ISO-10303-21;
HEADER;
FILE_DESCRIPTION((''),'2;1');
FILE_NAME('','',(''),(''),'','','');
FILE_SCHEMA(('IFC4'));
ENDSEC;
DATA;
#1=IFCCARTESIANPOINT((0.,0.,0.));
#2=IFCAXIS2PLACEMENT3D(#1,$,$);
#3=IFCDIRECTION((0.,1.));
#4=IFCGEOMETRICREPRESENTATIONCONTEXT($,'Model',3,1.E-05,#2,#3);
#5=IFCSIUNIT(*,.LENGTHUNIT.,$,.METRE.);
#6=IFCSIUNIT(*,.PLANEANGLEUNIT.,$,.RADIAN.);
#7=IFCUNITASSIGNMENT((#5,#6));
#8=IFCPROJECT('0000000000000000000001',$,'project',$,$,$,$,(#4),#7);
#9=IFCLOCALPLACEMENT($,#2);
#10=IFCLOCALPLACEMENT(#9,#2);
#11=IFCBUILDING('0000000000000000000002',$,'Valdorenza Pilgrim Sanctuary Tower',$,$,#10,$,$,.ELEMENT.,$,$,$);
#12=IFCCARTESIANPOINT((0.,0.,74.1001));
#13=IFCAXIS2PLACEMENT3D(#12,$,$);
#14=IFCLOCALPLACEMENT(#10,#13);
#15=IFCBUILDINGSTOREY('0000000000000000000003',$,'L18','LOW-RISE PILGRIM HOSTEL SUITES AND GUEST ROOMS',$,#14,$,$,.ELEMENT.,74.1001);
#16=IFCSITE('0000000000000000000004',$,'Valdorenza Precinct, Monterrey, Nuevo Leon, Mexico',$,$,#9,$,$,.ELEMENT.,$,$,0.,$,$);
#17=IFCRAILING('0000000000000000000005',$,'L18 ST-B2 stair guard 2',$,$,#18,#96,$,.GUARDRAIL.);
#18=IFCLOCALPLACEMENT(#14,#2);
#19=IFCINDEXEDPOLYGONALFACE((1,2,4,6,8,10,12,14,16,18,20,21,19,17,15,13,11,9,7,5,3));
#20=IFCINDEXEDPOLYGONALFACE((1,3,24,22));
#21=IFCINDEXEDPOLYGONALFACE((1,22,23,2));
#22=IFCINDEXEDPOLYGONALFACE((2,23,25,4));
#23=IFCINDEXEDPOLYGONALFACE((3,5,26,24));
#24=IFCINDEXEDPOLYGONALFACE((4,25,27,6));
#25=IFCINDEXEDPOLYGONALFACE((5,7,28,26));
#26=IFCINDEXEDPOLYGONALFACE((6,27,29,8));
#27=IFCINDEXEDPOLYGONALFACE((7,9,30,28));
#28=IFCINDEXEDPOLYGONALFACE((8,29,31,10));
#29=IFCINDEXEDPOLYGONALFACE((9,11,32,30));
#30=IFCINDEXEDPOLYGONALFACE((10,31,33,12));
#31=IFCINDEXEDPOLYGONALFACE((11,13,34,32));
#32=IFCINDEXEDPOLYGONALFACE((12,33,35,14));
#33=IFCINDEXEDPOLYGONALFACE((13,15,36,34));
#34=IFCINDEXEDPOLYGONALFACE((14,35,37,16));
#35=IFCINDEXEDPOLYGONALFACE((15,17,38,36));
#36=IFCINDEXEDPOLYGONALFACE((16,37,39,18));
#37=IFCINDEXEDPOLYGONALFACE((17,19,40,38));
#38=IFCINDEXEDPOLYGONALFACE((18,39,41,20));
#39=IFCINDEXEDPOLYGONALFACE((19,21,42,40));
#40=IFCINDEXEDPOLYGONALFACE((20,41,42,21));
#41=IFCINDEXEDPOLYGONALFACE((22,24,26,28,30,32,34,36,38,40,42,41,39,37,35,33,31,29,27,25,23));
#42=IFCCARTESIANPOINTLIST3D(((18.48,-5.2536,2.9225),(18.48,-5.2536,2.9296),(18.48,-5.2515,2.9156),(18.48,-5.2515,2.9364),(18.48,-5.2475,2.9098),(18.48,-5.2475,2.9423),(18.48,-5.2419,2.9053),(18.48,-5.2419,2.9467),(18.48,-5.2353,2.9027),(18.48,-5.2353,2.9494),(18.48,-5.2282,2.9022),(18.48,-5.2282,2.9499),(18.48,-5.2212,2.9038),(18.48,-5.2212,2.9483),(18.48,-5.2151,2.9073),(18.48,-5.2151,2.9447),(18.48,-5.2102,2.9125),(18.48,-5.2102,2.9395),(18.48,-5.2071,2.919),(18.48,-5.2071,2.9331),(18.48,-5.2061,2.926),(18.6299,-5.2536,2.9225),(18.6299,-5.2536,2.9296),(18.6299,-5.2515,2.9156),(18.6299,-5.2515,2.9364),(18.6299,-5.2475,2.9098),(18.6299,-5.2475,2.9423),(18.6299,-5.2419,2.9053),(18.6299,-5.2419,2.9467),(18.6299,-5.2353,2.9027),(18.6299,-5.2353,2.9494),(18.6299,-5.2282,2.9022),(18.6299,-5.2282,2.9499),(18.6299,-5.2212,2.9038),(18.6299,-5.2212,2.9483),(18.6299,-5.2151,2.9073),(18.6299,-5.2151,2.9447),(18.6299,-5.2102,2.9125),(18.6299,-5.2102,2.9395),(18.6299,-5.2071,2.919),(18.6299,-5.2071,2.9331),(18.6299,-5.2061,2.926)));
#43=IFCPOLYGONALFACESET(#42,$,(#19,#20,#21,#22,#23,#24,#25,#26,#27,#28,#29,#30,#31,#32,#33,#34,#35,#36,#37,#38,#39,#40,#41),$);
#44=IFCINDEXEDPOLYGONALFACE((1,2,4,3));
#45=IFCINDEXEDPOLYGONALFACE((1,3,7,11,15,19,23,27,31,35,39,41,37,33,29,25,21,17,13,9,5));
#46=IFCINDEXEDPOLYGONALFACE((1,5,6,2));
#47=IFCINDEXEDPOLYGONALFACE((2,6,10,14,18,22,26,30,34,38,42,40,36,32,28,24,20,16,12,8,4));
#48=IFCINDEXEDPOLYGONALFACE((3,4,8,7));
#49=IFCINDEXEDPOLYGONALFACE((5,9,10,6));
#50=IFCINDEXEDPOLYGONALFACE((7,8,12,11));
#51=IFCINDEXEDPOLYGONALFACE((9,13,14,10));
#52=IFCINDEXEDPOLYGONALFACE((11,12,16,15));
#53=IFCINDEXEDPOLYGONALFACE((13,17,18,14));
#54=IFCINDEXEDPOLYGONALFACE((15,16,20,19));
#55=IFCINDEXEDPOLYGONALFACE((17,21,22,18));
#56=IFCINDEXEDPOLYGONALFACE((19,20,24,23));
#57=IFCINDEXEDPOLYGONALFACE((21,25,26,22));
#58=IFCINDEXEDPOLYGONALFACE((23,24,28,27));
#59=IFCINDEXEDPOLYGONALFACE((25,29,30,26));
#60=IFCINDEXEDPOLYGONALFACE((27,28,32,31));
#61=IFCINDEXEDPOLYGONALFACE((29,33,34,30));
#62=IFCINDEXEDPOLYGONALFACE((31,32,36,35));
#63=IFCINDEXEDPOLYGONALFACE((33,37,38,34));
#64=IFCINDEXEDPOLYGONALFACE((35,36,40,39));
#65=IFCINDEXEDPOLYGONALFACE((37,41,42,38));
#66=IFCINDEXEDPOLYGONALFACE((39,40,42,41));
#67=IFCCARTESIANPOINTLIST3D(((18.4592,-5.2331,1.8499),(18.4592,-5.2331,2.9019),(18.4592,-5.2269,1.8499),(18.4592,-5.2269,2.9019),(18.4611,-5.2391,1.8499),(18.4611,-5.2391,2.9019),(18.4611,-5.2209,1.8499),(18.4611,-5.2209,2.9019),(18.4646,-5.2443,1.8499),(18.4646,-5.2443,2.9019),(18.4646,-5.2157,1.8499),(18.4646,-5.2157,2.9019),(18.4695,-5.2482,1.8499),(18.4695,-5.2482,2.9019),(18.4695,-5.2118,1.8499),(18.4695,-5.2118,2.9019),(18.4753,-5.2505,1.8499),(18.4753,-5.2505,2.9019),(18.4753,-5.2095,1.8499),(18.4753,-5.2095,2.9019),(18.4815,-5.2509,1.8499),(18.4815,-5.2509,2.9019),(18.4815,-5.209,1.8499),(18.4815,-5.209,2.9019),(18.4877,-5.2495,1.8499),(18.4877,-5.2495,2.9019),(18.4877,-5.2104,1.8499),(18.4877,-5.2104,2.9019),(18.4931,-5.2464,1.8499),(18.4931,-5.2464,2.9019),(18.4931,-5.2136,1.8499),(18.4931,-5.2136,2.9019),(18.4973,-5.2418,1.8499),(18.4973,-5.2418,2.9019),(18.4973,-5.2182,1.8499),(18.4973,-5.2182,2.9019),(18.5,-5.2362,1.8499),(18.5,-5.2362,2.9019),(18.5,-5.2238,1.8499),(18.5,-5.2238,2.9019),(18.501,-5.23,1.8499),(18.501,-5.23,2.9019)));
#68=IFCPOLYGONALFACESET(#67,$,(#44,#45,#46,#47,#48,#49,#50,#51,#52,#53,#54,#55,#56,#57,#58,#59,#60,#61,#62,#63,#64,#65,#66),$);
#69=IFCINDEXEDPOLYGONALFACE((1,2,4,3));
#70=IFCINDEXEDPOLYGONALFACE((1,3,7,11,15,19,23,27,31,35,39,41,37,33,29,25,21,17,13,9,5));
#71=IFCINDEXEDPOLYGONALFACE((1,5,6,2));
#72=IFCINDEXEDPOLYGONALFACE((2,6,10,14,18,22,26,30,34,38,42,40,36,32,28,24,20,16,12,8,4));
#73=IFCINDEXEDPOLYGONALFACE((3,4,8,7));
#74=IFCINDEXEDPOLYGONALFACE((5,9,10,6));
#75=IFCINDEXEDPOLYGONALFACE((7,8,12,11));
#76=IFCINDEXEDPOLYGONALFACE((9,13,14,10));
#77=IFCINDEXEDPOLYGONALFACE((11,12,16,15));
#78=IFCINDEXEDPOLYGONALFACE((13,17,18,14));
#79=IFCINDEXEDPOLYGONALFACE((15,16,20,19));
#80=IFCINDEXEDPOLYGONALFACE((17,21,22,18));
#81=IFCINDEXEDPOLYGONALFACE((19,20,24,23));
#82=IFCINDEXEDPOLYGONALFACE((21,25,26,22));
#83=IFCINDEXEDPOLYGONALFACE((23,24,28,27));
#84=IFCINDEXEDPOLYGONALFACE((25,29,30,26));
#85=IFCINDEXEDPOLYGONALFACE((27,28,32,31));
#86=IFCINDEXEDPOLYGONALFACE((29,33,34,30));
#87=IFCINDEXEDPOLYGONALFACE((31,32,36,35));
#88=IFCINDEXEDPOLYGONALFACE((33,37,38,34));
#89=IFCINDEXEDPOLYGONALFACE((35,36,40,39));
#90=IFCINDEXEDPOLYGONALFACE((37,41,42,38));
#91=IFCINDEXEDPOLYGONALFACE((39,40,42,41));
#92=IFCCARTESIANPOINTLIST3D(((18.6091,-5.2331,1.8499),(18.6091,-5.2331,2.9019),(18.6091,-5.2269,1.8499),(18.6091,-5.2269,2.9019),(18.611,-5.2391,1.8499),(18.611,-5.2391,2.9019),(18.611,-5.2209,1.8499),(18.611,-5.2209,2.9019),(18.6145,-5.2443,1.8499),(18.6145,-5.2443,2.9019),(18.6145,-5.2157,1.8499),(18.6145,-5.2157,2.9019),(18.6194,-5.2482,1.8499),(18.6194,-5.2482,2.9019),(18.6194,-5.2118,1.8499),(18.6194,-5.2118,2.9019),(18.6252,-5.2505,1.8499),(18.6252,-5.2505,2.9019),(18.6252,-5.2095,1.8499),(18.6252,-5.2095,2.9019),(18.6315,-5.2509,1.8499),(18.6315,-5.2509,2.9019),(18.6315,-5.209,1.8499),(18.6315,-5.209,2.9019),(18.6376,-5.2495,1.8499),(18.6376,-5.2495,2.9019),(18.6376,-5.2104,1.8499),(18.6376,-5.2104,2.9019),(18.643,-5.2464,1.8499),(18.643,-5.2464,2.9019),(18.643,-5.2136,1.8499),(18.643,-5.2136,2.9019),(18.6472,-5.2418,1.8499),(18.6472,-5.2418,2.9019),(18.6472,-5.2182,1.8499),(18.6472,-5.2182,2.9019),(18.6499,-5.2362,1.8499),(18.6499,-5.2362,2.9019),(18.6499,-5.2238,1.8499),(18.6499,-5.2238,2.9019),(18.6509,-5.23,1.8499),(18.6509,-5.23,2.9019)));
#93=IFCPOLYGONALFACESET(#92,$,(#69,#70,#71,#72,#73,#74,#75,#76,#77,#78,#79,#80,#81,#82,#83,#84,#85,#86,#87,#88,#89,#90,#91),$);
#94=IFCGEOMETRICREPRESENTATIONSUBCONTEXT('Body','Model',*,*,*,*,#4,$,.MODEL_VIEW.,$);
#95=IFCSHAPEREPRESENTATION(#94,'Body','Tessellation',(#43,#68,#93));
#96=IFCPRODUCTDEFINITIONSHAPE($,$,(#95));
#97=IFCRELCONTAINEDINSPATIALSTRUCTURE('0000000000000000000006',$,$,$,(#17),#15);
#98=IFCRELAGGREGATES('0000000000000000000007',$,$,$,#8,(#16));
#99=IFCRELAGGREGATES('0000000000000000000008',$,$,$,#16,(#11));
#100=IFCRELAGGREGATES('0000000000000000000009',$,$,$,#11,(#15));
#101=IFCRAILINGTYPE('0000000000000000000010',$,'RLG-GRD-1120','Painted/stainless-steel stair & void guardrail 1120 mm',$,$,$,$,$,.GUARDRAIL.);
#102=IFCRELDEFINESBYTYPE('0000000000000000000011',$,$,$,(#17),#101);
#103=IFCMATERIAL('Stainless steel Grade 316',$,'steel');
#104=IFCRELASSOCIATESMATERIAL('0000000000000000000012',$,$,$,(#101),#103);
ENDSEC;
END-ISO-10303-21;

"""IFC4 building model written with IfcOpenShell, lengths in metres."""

from ifc_helpers import new_model, si_unit, direction, frame, origin, origin_2d, place, context, subcontext, project, spatial, circle, extrude, material, type_object, element, save


model = new_model("IFC4")

# Units and contexts
model_context = context("Model", 3, precision=1e-05, world=origin(), true_north=direction((0.0, 1.0)))
body_context = subcontext(model_context, "Body", "Model", "MODEL_VIEW")
ifc_project = project(units=[si_unit("LENGTHUNIT", "METRE"), si_unit("PLANEANGLEUNIT", "RADIAN")], contexts=[model_context])

# Site, building, storey
site_placement = place(None, origin())
site = spatial("IfcSite", under=ifc_project, at=site_placement, Name="Valdorenza Precinct, Monterrey, Nuevo Leon, Mexico", CompositionType="ELEMENT", RefElevation=0.0)
building_placement = place(site_placement, origin())
building = spatial("IfcBuilding", under=site, at=building_placement, Name="Valdorenza Pilgrim Sanctuary Tower", CompositionType="ELEMENT")
storey_placement = place(building_placement, frame((0.0, 0.0, 74.1001)))
storey = spatial("IfcBuildingStorey", under=building, at=storey_placement, Name="L18", Description="LOW-RISE PILGRIM HOSTEL SUITES AND GUEST ROOMS", CompositionType="ELEMENT", Elevation=74.1001)

# Railing
ifc_material_1 = material(Name="Stainless steel Grade 316", Category="steel")
railing_type_1 = type_object("IfcRailingType", Name="RLG-GRD-1120", Description="Painted/stainless-steel stair & void guardrail 1120 mm", PredefinedType="GUARDRAIL", material=ifc_material_1)
railing_1_placement = place(storey_placement, frame((18.48, -5.23, 1.8499)))
element("IfcRailing", 1, at=railing_1_placement, inside=storey, type_object=railing_type_1, Name="L18 ST-B2 stair guard 2", PredefinedType="GUARDRAIL", context=body_context, shape_type="SweptSolid", body=[
    extrude(circle(Radius=0.0239, at=origin_2d()), frame((0.0, 0.0, 1.0762), z_axis=(1.0, 0.0, 0.0), x_axis=(0.0, 1.0, 0.0)), (0.0, 0.0, 1.0), 0.1499),
    extrude(circle(Radius=0.021, at=origin_2d()), origin(), (0.0, 0.0, 1.0), 1.052),
    extrude(circle(Radius=0.021, at=origin_2d()), frame((0.1499, 0.0, 0.0)), (0.0, 0.0, 1.0), 1.052),
])

save(model, "model.ifc")
